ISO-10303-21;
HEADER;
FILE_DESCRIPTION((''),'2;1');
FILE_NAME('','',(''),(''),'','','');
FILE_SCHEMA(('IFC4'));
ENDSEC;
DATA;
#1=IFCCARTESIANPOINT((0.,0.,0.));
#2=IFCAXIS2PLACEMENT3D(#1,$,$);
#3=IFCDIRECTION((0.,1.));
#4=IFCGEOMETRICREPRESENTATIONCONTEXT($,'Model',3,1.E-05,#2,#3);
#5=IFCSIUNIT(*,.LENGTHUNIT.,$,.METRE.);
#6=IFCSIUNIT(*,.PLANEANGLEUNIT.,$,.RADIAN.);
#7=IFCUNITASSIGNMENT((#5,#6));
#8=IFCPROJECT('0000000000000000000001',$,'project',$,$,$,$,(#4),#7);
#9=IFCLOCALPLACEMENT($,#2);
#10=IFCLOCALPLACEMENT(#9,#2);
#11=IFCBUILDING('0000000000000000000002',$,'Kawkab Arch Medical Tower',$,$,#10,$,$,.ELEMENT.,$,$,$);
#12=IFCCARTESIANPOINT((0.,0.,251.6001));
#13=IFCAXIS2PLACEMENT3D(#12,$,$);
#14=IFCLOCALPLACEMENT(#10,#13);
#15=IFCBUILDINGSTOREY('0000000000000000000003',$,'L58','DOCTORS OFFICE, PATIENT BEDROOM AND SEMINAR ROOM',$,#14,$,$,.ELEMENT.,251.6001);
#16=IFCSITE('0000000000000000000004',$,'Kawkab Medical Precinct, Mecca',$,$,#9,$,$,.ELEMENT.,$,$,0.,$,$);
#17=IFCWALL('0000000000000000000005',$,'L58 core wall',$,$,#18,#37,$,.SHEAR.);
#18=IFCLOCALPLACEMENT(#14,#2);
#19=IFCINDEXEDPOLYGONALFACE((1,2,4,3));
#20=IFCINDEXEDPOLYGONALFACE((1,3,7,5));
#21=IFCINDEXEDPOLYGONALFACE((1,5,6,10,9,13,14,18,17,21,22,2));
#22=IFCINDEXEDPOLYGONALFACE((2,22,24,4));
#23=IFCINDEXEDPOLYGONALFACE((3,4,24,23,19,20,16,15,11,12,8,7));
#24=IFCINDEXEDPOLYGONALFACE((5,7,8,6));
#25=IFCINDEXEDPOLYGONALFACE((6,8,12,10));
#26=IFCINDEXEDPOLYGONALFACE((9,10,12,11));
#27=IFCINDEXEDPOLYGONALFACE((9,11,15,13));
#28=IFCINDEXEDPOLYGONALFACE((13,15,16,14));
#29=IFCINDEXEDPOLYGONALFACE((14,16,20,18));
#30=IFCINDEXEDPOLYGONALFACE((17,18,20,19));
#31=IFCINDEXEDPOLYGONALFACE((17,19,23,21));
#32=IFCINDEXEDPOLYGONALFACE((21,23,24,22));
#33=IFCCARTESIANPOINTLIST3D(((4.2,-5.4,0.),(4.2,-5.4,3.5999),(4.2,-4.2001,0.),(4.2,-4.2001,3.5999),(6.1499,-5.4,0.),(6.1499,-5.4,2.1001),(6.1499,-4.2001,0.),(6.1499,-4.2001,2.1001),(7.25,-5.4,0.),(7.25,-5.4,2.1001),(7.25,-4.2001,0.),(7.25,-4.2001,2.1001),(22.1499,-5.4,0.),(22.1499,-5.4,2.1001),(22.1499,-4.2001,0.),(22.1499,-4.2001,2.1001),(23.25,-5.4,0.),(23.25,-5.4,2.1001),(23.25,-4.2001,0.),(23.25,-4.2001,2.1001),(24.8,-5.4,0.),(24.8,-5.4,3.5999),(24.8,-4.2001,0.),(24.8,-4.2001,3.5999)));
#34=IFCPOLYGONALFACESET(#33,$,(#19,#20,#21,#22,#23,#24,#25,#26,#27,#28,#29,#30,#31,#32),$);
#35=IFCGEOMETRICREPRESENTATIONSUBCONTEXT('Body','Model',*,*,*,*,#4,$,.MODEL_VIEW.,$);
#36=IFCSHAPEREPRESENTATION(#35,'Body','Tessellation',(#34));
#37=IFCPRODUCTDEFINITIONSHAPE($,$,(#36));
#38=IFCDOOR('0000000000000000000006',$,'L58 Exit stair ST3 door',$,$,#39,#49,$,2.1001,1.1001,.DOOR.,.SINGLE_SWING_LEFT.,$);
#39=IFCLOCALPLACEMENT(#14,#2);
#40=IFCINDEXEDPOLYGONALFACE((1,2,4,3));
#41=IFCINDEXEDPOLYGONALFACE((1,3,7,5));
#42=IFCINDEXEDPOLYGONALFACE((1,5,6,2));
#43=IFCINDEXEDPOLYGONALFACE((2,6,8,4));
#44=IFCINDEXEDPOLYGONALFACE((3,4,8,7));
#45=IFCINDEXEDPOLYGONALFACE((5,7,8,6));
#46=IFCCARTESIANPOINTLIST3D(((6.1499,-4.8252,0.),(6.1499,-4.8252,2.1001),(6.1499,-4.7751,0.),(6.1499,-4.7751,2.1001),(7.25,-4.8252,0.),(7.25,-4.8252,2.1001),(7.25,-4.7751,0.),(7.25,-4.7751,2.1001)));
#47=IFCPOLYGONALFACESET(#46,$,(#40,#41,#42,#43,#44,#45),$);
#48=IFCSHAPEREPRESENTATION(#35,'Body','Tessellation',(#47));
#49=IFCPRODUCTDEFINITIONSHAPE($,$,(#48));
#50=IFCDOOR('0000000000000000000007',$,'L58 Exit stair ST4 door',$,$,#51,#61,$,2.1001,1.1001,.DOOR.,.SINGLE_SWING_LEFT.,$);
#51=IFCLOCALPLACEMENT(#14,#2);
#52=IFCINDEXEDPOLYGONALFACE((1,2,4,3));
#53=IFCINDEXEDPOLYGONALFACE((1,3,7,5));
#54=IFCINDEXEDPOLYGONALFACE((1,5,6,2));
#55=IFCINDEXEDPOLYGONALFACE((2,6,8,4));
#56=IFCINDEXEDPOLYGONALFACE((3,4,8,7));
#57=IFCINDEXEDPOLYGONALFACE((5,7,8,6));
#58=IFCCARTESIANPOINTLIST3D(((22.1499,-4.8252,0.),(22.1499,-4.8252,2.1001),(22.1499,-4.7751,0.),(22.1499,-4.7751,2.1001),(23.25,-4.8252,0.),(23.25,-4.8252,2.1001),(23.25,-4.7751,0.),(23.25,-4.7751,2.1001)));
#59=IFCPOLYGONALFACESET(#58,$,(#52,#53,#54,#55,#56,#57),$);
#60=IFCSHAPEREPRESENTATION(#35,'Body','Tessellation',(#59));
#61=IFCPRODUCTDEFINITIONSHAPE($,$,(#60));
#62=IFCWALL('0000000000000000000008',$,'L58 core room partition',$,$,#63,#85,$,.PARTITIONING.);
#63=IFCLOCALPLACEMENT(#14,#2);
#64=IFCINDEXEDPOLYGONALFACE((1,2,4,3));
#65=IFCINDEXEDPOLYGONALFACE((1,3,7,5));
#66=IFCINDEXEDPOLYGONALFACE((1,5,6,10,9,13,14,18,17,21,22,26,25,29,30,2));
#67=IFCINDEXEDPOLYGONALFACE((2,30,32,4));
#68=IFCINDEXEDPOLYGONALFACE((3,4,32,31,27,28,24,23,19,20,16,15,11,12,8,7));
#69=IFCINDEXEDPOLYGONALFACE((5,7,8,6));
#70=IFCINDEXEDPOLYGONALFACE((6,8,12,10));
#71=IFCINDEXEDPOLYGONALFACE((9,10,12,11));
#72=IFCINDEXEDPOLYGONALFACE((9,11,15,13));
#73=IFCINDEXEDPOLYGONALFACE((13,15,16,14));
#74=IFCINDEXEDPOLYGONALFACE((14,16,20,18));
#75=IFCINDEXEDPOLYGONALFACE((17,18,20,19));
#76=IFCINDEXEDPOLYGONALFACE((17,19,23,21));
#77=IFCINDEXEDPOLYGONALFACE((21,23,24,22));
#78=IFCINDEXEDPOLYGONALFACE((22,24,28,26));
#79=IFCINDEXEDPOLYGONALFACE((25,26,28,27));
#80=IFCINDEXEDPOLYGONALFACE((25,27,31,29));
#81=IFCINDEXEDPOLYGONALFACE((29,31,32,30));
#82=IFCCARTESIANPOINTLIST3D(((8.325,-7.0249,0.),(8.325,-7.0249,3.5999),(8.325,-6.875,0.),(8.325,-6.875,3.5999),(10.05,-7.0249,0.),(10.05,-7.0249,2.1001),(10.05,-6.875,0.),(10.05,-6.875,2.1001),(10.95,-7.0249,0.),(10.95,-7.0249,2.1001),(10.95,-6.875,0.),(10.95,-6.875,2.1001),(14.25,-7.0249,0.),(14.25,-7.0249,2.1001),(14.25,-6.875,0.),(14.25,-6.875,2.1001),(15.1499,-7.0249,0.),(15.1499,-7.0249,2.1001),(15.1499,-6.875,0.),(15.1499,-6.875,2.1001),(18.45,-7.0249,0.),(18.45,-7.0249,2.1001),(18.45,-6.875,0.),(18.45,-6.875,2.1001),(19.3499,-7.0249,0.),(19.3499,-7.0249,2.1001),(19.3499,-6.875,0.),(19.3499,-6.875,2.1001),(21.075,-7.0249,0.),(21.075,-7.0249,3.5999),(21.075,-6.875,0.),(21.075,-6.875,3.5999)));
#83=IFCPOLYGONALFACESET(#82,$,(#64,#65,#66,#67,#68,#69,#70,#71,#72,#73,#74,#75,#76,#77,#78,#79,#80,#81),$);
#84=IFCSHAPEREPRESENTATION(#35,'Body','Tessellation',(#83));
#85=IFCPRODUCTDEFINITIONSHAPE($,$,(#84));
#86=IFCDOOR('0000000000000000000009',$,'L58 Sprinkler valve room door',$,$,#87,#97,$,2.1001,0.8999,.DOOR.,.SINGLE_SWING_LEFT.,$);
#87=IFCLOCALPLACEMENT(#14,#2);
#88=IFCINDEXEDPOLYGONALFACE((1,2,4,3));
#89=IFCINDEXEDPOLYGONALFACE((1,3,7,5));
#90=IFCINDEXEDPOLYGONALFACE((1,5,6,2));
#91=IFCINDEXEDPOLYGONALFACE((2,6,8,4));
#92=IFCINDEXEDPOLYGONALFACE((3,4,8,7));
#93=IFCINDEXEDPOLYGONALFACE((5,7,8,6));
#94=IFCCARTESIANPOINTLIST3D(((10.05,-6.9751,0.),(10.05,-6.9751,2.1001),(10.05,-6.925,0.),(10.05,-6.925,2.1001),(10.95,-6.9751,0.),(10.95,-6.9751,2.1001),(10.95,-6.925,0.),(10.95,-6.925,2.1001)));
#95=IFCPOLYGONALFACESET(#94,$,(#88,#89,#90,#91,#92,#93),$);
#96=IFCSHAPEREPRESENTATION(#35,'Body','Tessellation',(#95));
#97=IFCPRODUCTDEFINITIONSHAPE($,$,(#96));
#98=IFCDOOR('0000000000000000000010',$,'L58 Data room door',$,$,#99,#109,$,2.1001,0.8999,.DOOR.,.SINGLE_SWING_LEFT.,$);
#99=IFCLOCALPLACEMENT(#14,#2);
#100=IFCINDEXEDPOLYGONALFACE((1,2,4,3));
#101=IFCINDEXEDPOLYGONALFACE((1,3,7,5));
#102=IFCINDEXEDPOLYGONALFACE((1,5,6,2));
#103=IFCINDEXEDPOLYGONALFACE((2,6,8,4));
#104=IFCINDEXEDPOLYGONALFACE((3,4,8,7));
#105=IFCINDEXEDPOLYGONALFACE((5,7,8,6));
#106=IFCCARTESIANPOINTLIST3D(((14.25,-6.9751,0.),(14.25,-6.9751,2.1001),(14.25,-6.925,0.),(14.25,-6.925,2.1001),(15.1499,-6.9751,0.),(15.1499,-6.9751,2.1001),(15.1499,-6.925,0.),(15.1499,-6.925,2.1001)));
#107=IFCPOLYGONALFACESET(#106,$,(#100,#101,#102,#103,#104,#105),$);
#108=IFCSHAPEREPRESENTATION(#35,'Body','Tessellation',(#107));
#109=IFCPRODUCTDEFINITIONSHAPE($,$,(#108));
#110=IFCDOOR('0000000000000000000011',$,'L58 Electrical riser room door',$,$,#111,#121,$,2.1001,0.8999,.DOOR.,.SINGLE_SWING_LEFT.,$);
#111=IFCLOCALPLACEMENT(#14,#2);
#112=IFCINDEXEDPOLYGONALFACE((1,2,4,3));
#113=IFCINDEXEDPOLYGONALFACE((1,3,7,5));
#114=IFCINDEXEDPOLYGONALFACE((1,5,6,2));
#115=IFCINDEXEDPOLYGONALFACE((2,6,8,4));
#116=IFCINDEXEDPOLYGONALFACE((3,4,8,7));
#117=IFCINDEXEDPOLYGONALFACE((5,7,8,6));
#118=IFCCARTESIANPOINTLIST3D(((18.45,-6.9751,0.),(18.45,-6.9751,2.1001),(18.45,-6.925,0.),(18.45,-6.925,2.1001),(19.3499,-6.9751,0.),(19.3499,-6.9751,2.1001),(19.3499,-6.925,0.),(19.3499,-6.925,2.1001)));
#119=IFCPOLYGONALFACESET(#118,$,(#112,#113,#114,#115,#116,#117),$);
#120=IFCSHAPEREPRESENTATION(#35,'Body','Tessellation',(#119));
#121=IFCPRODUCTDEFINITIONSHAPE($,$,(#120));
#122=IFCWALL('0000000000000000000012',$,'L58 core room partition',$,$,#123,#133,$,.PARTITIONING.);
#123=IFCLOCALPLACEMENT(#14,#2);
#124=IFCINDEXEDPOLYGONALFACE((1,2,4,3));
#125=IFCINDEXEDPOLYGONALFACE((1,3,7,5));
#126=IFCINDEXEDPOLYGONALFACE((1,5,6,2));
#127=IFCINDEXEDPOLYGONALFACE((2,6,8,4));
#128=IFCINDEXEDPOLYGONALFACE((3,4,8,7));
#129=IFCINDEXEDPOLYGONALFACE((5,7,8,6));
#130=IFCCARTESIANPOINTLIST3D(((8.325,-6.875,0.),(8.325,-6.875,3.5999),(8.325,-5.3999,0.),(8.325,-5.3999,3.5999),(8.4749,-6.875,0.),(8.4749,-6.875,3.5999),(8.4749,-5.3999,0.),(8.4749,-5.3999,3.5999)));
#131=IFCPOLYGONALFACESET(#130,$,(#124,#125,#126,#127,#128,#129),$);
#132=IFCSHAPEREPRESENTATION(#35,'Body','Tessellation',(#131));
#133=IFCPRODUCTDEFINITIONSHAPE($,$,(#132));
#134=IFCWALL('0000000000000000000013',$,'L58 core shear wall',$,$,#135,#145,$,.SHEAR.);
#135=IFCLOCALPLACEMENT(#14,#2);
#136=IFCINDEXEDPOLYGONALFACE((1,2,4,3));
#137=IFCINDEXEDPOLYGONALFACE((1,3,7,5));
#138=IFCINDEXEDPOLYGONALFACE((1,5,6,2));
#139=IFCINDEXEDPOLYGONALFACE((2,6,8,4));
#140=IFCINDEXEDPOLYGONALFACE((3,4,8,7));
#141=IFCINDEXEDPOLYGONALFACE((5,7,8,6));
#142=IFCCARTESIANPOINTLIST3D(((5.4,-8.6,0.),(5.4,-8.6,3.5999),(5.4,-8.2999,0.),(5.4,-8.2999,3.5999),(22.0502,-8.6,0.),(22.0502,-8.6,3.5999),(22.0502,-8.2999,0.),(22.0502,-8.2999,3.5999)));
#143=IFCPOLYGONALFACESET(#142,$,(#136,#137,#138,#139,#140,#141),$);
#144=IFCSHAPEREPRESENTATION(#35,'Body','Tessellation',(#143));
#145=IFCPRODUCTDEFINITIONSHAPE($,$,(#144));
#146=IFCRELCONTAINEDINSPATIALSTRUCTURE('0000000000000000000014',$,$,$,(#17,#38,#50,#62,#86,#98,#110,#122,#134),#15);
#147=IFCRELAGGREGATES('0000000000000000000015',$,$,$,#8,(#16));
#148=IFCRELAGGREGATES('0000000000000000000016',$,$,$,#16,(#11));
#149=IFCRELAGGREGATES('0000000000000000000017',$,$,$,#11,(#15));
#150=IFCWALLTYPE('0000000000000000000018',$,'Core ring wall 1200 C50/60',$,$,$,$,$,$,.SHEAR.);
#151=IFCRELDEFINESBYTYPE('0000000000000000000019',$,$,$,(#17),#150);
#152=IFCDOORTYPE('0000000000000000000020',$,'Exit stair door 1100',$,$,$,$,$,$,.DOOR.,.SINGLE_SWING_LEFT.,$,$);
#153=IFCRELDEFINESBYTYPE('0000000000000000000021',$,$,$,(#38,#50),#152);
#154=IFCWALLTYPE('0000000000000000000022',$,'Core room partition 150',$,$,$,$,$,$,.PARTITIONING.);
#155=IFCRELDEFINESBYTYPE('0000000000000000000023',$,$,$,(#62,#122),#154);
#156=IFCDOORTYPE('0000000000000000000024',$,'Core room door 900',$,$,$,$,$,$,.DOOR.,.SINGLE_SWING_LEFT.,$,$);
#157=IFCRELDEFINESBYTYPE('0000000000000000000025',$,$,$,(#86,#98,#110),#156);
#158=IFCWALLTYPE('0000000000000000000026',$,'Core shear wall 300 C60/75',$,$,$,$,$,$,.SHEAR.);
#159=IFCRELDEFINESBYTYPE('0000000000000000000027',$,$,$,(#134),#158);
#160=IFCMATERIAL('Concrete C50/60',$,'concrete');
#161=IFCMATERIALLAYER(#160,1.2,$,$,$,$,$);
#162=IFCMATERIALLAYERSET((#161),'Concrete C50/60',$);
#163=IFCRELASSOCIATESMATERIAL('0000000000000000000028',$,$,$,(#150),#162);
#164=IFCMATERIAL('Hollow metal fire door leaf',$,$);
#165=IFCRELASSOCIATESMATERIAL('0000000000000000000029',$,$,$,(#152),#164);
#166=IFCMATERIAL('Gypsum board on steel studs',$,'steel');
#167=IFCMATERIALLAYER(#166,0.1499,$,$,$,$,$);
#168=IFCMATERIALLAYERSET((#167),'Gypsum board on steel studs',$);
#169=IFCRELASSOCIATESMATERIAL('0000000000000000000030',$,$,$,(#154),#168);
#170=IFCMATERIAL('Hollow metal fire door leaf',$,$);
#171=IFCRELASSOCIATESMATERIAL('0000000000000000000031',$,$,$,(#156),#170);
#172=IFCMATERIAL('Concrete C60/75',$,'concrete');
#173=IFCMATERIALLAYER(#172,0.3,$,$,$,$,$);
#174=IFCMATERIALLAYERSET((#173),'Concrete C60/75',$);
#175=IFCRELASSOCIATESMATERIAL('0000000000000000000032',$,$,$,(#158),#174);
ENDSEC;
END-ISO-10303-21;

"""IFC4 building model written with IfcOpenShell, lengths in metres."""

from ifc_helpers import new_model, si_unit, direction, frame, frame_2d, origin, place, context, subcontext, project, spatial, rectangle, extrude, material, layer, layer_set, type_object, element, fill, save


model = new_model("IFC4")

# Units and contexts
model_context = context("Model", 3, precision=1e-05, world=origin(), true_north=direction((0.0, 1.0)))
body_context = subcontext(model_context, "Body", "Model", "MODEL_VIEW")
ifc_project = project(units=[si_unit("LENGTHUNIT", "METRE"), si_unit("PLANEANGLEUNIT", "RADIAN")], contexts=[model_context])

# Site, building, storey
site_placement = place(None, origin())
site = spatial("IfcSite", under=ifc_project, at=site_placement, Name="Kawkab Medical Precinct, Mecca", CompositionType="ELEMENT", RefElevation=0.0)
building_placement = place(site_placement, origin())
building = spatial("IfcBuilding", under=site, at=building_placement, Name="Kawkab Arch Medical Tower", CompositionType="ELEMENT")
storey_placement = place(building_placement, frame((0.0, 0.0, 251.6001)))
storey = spatial("IfcBuildingStorey", under=building, at=storey_placement, Name="L58", Description="DOCTORS OFFICE, PATIENT BEDROOM AND SEMINAR ROOM", CompositionType="ELEMENT", Elevation=251.6001)

# Walls, openings, doors
ifc_material_1 = material(Name="Concrete C50/60", Category="concrete")
ifc_layer_1 = layer(ifc_material_1, 1.2)
ifc_layer_set_1 = layer_set([ifc_layer_1], Name="Concrete C50/60")
wall_type_1 = type_object("IfcWallType", Name="Core ring wall 1200 C50/60", PredefinedType="SHEAR", material=ifc_layer_set_1)
wall_1_placement = place(storey_placement, frame((4.2, -4.8, 0.0), z_axis=(0.0, 0.0, 1.0), x_axis=(1.0, 0.0, 0.0)))
wall_1 = element("IfcWall", 1, at=wall_1_placement, inside=storey, type_object=wall_type_1, Name="L58 core wall", PredefinedType="SHEAR", context=body_context, shape_type="SweptSolid", body=[
    extrude(rectangle(XDim=20.6001, YDim=1.2, at=frame_2d((10.3, 0.0))), origin(), (0.0, 0.0, 1.0), 3.5999),
])
opening_1_placement = place(wall_1_placement, frame((1.95, 0.0, 0.0)))
opening_1 = element("IfcOpeningElement", 2, at=opening_1_placement, cuts=wall_1, PredefinedType="OPENING", context=body_context, shape_type="SweptSolid", body=[
    extrude(rectangle(XDim=1.1001, YDim=2.1001, at=frame_2d((0.55, 1.05))), frame((0.0, 0.6099, 0.0), z_axis=(0.0, -1.0, 0.0), x_axis=(1.0, 0.0, 0.0)), (0.0, 0.0, 1.0), 1.22),
])
opening_2_placement = place(wall_1_placement, frame((17.95, 0.0, 0.0)))
opening_2 = element("IfcOpeningElement", 3, at=opening_2_placement, cuts=wall_1, PredefinedType="OPENING", context=body_context, shape_type="SweptSolid", body=[
    extrude(rectangle(XDim=1.1001, YDim=2.1001, at=frame_2d((0.55, 1.05))), frame((0.0, 0.6099, 0.0), z_axis=(0.0, -1.0, 0.0), x_axis=(1.0, 0.0, 0.0)), (0.0, 0.0, 1.0), 1.22),
])
ifc_material_2 = material(Name="Hollow metal fire door leaf")
door_type_1 = type_object("IfcDoorType", Name="Exit stair door 1100", OperationType="SINGLE_SWING_LEFT", PredefinedType="DOOR", material=ifc_material_2)
door_1_placement = place(opening_1_placement, origin())
door_1 = element("IfcDoor", 4, at=door_1_placement, inside=storey, type_object=door_type_1, Name="L58 Exit stair ST3 door", OperationType="SINGLE_SWING_LEFT", OverallHeight=2.1001, OverallWidth=1.1001, PredefinedType="DOOR", context=body_context, shape_type="SweptSolid", body=[
    extrude(rectangle(XDim=1.1001, YDim=2.1001, at=frame_2d((0.55, 1.05))), frame((0.0, 0.0249, 0.0), z_axis=(0.0, -1.0, 0.0), x_axis=(1.0, 0.0, 0.0)), (0.0, 0.0, 1.0), 0.05),
])
fill(opening_1, door_1)
door_2_placement = place(opening_2_placement, origin())
door_2 = element("IfcDoor", 5, at=door_2_placement, inside=storey, type_object=door_type_1, Name="L58 Exit stair ST4 door", OperationType="SINGLE_SWING_LEFT", OverallHeight=2.1001, OverallWidth=1.1001, PredefinedType="DOOR", context=body_context, shape_type="SweptSolid", body=[
    extrude(rectangle(XDim=1.1001, YDim=2.1001, at=frame_2d((0.55, 1.05))), frame((0.0, 0.0249, 0.0), z_axis=(0.0, -1.0, 0.0), x_axis=(1.0, 0.0, 0.0)), (0.0, 0.0, 1.0), 0.05),
])
fill(opening_2, door_2)
ifc_material_3 = material(Name="Gypsum board on steel studs", Category="steel")
ifc_layer_2 = layer(ifc_material_3, 0.1499)
ifc_layer_set_2 = layer_set([ifc_layer_2], Name="Gypsum board on steel studs")
wall_type_2 = type_object("IfcWallType", Name="Core room partition 150", PredefinedType="PARTITIONING", material=ifc_layer_set_2)
wall_2_placement = place(storey_placement, frame((8.325, -6.95, 0.0), z_axis=(0.0, 0.0, 1.0), x_axis=(1.0, 0.0, 0.0)))
wall_2 = element("IfcWall", 6, at=wall_2_placement, inside=storey, type_object=wall_type_2, Name="L58 core room partition", PredefinedType="PARTITIONING", context=body_context, shape_type="SweptSolid", body=[
    extrude(rectangle(XDim=12.75, YDim=0.1499, at=frame_2d((6.375, 0.0))), origin(), (0.0, 0.0, 1.0), 3.5999),
])
opening_3_placement = place(wall_2_placement, frame((1.7251, 0.0, 0.0)))
opening_3 = element("IfcOpeningElement", 7, at=opening_3_placement, cuts=wall_2, PredefinedType="OPENING", context=body_context, shape_type="SweptSolid", body=[
    extrude(rectangle(XDim=0.8999, YDim=2.1001, at=frame_2d((0.45, 1.05))), frame((0.0, 0.085, 0.0), z_axis=(0.0, -1.0, 0.0), x_axis=(1.0, 0.0, 0.0)), (0.0, 0.0, 1.0), 0.1699),
])
opening_4_placement = place(wall_2_placement, frame((5.925, 0.0, 0.0)))
opening_4 = element("IfcOpeningElement", 8, at=opening_4_placement, cuts=wall_2, PredefinedType="OPENING", context=body_context, shape_type="SweptSolid", body=[
    extrude(rectangle(XDim=0.8999, YDim=2.1001, at=frame_2d((0.45, 1.05))), frame((0.0, 0.085, 0.0), z_axis=(0.0, -1.0, 0.0), x_axis=(1.0, 0.0, 0.0)), (0.0, 0.0, 1.0), 0.1699),
])
opening_5_placement = place(wall_2_placement, frame((10.125, 0.0, 0.0)))
opening_5 = element("IfcOpeningElement", 9, at=opening_5_placement, cuts=wall_2, PredefinedType="OPENING", context=body_context, shape_type="SweptSolid", body=[
    extrude(rectangle(XDim=0.8999, YDim=2.1001, at=frame_2d((0.45, 1.05))), frame((0.0, 0.085, 0.0), z_axis=(0.0, -1.0, 0.0), x_axis=(1.0, 0.0, 0.0)), (0.0, 0.0, 1.0), 0.1699),
])
ifc_material_4 = material(Name="Hollow metal fire door leaf")
door_type_2 = type_object("IfcDoorType", Name="Core room door 900", OperationType="SINGLE_SWING_LEFT", PredefinedType="DOOR", material=ifc_material_4)
door_3_placement = place(opening_3_placement, origin())
door_3 = element("IfcDoor", 10, at=door_3_placement, inside=storey, type_object=door_type_2, Name="L58 Sprinkler valve room door", OperationType="SINGLE_SWING_LEFT", OverallHeight=2.1001, OverallWidth=0.8999, PredefinedType="DOOR", context=body_context, shape_type="SweptSolid", body=[
    extrude(rectangle(XDim=0.8999, YDim=2.1001, at=frame_2d((0.45, 1.05))), frame((0.0, 0.0249, 0.0), z_axis=(0.0, -1.0, 0.0), x_axis=(1.0, 0.0, 0.0)), (0.0, 0.0, 1.0), 0.05),
])
fill(opening_3, door_3)
door_4_placement = place(opening_4_placement, origin())
door_4 = element("IfcDoor", 11, at=door_4_placement, inside=storey, type_object=door_type_2, Name="L58 Data room door", OperationType="SINGLE_SWING_LEFT", OverallHeight=2.1001, OverallWidth=0.8999, PredefinedType="DOOR", context=body_context, shape_type="SweptSolid", body=[
    extrude(rectangle(XDim=0.8999, YDim=2.1001, at=frame_2d((0.45, 1.05))), frame((0.0, 0.0249, 0.0), z_axis=(0.0, -1.0, 0.0), x_axis=(1.0, 0.0, 0.0)), (0.0, 0.0, 1.0), 0.05),
])
fill(opening_4, door_4)
door_5_placement = place(opening_5_placement, origin())
door_5 = element("IfcDoor", 12, at=door_5_placement, inside=storey, type_object=door_type_2, Name="L58 Electrical riser room door", OperationType="SINGLE_SWING_LEFT", OverallHeight=2.1001, OverallWidth=0.8999, PredefinedType="DOOR", context=body_context, shape_type="SweptSolid", body=[
    extrude(rectangle(XDim=0.8999, YDim=2.1001, at=frame_2d((0.45, 1.05))), frame((0.0, 0.0249, 0.0), z_axis=(0.0, -1.0, 0.0), x_axis=(1.0, 0.0, 0.0)), (0.0, 0.0, 1.0), 0.05),
])
fill(opening_5, door_5)

# Walls
wall_3_placement = place(storey_placement, frame((8.3999, -6.875, 0.0), z_axis=(0.0, 0.0, 1.0), x_axis=(0.0, 1.0, 0.0)))
element("IfcWall", 13, at=wall_3_placement, inside=storey, type_object=wall_type_2, Name="L58 core room partition", PredefinedType="PARTITIONING", context=body_context, shape_type="SweptSolid", body=[
    extrude(rectangle(XDim=1.4751, YDim=0.1499, at=frame_2d((0.7375, 0.0))), origin(), (0.0, 0.0, 1.0), 3.5999),
])
ifc_material_5 = material(Name="Concrete C60/75", Category="concrete")
ifc_layer_3 = layer(ifc_material_5, 0.3)
ifc_layer_set_3 = layer_set([ifc_layer_3], Name="Concrete C60/75")
wall_type_3 = type_object("IfcWallType", Name="Core shear wall 300 C60/75", PredefinedType="SHEAR", material=ifc_layer_set_3)
wall_4_placement = place(storey_placement, frame((5.3999, -8.45, 0.0), z_axis=(0.0, 0.0, 1.0), x_axis=(1.0, 0.0, 0.0)))
element("IfcWall", 14, at=wall_4_placement, inside=storey, type_object=wall_type_3, Name="L58 core shear wall", PredefinedType="SHEAR", context=body_context, shape_type="SweptSolid", body=[
    extrude(rectangle(XDim=16.6501, YDim=0.3, at=frame_2d((8.3252, 0.0))), origin(), (0.0, 0.0, 1.0), 3.5999),
])

save(model, "model.ifc")
